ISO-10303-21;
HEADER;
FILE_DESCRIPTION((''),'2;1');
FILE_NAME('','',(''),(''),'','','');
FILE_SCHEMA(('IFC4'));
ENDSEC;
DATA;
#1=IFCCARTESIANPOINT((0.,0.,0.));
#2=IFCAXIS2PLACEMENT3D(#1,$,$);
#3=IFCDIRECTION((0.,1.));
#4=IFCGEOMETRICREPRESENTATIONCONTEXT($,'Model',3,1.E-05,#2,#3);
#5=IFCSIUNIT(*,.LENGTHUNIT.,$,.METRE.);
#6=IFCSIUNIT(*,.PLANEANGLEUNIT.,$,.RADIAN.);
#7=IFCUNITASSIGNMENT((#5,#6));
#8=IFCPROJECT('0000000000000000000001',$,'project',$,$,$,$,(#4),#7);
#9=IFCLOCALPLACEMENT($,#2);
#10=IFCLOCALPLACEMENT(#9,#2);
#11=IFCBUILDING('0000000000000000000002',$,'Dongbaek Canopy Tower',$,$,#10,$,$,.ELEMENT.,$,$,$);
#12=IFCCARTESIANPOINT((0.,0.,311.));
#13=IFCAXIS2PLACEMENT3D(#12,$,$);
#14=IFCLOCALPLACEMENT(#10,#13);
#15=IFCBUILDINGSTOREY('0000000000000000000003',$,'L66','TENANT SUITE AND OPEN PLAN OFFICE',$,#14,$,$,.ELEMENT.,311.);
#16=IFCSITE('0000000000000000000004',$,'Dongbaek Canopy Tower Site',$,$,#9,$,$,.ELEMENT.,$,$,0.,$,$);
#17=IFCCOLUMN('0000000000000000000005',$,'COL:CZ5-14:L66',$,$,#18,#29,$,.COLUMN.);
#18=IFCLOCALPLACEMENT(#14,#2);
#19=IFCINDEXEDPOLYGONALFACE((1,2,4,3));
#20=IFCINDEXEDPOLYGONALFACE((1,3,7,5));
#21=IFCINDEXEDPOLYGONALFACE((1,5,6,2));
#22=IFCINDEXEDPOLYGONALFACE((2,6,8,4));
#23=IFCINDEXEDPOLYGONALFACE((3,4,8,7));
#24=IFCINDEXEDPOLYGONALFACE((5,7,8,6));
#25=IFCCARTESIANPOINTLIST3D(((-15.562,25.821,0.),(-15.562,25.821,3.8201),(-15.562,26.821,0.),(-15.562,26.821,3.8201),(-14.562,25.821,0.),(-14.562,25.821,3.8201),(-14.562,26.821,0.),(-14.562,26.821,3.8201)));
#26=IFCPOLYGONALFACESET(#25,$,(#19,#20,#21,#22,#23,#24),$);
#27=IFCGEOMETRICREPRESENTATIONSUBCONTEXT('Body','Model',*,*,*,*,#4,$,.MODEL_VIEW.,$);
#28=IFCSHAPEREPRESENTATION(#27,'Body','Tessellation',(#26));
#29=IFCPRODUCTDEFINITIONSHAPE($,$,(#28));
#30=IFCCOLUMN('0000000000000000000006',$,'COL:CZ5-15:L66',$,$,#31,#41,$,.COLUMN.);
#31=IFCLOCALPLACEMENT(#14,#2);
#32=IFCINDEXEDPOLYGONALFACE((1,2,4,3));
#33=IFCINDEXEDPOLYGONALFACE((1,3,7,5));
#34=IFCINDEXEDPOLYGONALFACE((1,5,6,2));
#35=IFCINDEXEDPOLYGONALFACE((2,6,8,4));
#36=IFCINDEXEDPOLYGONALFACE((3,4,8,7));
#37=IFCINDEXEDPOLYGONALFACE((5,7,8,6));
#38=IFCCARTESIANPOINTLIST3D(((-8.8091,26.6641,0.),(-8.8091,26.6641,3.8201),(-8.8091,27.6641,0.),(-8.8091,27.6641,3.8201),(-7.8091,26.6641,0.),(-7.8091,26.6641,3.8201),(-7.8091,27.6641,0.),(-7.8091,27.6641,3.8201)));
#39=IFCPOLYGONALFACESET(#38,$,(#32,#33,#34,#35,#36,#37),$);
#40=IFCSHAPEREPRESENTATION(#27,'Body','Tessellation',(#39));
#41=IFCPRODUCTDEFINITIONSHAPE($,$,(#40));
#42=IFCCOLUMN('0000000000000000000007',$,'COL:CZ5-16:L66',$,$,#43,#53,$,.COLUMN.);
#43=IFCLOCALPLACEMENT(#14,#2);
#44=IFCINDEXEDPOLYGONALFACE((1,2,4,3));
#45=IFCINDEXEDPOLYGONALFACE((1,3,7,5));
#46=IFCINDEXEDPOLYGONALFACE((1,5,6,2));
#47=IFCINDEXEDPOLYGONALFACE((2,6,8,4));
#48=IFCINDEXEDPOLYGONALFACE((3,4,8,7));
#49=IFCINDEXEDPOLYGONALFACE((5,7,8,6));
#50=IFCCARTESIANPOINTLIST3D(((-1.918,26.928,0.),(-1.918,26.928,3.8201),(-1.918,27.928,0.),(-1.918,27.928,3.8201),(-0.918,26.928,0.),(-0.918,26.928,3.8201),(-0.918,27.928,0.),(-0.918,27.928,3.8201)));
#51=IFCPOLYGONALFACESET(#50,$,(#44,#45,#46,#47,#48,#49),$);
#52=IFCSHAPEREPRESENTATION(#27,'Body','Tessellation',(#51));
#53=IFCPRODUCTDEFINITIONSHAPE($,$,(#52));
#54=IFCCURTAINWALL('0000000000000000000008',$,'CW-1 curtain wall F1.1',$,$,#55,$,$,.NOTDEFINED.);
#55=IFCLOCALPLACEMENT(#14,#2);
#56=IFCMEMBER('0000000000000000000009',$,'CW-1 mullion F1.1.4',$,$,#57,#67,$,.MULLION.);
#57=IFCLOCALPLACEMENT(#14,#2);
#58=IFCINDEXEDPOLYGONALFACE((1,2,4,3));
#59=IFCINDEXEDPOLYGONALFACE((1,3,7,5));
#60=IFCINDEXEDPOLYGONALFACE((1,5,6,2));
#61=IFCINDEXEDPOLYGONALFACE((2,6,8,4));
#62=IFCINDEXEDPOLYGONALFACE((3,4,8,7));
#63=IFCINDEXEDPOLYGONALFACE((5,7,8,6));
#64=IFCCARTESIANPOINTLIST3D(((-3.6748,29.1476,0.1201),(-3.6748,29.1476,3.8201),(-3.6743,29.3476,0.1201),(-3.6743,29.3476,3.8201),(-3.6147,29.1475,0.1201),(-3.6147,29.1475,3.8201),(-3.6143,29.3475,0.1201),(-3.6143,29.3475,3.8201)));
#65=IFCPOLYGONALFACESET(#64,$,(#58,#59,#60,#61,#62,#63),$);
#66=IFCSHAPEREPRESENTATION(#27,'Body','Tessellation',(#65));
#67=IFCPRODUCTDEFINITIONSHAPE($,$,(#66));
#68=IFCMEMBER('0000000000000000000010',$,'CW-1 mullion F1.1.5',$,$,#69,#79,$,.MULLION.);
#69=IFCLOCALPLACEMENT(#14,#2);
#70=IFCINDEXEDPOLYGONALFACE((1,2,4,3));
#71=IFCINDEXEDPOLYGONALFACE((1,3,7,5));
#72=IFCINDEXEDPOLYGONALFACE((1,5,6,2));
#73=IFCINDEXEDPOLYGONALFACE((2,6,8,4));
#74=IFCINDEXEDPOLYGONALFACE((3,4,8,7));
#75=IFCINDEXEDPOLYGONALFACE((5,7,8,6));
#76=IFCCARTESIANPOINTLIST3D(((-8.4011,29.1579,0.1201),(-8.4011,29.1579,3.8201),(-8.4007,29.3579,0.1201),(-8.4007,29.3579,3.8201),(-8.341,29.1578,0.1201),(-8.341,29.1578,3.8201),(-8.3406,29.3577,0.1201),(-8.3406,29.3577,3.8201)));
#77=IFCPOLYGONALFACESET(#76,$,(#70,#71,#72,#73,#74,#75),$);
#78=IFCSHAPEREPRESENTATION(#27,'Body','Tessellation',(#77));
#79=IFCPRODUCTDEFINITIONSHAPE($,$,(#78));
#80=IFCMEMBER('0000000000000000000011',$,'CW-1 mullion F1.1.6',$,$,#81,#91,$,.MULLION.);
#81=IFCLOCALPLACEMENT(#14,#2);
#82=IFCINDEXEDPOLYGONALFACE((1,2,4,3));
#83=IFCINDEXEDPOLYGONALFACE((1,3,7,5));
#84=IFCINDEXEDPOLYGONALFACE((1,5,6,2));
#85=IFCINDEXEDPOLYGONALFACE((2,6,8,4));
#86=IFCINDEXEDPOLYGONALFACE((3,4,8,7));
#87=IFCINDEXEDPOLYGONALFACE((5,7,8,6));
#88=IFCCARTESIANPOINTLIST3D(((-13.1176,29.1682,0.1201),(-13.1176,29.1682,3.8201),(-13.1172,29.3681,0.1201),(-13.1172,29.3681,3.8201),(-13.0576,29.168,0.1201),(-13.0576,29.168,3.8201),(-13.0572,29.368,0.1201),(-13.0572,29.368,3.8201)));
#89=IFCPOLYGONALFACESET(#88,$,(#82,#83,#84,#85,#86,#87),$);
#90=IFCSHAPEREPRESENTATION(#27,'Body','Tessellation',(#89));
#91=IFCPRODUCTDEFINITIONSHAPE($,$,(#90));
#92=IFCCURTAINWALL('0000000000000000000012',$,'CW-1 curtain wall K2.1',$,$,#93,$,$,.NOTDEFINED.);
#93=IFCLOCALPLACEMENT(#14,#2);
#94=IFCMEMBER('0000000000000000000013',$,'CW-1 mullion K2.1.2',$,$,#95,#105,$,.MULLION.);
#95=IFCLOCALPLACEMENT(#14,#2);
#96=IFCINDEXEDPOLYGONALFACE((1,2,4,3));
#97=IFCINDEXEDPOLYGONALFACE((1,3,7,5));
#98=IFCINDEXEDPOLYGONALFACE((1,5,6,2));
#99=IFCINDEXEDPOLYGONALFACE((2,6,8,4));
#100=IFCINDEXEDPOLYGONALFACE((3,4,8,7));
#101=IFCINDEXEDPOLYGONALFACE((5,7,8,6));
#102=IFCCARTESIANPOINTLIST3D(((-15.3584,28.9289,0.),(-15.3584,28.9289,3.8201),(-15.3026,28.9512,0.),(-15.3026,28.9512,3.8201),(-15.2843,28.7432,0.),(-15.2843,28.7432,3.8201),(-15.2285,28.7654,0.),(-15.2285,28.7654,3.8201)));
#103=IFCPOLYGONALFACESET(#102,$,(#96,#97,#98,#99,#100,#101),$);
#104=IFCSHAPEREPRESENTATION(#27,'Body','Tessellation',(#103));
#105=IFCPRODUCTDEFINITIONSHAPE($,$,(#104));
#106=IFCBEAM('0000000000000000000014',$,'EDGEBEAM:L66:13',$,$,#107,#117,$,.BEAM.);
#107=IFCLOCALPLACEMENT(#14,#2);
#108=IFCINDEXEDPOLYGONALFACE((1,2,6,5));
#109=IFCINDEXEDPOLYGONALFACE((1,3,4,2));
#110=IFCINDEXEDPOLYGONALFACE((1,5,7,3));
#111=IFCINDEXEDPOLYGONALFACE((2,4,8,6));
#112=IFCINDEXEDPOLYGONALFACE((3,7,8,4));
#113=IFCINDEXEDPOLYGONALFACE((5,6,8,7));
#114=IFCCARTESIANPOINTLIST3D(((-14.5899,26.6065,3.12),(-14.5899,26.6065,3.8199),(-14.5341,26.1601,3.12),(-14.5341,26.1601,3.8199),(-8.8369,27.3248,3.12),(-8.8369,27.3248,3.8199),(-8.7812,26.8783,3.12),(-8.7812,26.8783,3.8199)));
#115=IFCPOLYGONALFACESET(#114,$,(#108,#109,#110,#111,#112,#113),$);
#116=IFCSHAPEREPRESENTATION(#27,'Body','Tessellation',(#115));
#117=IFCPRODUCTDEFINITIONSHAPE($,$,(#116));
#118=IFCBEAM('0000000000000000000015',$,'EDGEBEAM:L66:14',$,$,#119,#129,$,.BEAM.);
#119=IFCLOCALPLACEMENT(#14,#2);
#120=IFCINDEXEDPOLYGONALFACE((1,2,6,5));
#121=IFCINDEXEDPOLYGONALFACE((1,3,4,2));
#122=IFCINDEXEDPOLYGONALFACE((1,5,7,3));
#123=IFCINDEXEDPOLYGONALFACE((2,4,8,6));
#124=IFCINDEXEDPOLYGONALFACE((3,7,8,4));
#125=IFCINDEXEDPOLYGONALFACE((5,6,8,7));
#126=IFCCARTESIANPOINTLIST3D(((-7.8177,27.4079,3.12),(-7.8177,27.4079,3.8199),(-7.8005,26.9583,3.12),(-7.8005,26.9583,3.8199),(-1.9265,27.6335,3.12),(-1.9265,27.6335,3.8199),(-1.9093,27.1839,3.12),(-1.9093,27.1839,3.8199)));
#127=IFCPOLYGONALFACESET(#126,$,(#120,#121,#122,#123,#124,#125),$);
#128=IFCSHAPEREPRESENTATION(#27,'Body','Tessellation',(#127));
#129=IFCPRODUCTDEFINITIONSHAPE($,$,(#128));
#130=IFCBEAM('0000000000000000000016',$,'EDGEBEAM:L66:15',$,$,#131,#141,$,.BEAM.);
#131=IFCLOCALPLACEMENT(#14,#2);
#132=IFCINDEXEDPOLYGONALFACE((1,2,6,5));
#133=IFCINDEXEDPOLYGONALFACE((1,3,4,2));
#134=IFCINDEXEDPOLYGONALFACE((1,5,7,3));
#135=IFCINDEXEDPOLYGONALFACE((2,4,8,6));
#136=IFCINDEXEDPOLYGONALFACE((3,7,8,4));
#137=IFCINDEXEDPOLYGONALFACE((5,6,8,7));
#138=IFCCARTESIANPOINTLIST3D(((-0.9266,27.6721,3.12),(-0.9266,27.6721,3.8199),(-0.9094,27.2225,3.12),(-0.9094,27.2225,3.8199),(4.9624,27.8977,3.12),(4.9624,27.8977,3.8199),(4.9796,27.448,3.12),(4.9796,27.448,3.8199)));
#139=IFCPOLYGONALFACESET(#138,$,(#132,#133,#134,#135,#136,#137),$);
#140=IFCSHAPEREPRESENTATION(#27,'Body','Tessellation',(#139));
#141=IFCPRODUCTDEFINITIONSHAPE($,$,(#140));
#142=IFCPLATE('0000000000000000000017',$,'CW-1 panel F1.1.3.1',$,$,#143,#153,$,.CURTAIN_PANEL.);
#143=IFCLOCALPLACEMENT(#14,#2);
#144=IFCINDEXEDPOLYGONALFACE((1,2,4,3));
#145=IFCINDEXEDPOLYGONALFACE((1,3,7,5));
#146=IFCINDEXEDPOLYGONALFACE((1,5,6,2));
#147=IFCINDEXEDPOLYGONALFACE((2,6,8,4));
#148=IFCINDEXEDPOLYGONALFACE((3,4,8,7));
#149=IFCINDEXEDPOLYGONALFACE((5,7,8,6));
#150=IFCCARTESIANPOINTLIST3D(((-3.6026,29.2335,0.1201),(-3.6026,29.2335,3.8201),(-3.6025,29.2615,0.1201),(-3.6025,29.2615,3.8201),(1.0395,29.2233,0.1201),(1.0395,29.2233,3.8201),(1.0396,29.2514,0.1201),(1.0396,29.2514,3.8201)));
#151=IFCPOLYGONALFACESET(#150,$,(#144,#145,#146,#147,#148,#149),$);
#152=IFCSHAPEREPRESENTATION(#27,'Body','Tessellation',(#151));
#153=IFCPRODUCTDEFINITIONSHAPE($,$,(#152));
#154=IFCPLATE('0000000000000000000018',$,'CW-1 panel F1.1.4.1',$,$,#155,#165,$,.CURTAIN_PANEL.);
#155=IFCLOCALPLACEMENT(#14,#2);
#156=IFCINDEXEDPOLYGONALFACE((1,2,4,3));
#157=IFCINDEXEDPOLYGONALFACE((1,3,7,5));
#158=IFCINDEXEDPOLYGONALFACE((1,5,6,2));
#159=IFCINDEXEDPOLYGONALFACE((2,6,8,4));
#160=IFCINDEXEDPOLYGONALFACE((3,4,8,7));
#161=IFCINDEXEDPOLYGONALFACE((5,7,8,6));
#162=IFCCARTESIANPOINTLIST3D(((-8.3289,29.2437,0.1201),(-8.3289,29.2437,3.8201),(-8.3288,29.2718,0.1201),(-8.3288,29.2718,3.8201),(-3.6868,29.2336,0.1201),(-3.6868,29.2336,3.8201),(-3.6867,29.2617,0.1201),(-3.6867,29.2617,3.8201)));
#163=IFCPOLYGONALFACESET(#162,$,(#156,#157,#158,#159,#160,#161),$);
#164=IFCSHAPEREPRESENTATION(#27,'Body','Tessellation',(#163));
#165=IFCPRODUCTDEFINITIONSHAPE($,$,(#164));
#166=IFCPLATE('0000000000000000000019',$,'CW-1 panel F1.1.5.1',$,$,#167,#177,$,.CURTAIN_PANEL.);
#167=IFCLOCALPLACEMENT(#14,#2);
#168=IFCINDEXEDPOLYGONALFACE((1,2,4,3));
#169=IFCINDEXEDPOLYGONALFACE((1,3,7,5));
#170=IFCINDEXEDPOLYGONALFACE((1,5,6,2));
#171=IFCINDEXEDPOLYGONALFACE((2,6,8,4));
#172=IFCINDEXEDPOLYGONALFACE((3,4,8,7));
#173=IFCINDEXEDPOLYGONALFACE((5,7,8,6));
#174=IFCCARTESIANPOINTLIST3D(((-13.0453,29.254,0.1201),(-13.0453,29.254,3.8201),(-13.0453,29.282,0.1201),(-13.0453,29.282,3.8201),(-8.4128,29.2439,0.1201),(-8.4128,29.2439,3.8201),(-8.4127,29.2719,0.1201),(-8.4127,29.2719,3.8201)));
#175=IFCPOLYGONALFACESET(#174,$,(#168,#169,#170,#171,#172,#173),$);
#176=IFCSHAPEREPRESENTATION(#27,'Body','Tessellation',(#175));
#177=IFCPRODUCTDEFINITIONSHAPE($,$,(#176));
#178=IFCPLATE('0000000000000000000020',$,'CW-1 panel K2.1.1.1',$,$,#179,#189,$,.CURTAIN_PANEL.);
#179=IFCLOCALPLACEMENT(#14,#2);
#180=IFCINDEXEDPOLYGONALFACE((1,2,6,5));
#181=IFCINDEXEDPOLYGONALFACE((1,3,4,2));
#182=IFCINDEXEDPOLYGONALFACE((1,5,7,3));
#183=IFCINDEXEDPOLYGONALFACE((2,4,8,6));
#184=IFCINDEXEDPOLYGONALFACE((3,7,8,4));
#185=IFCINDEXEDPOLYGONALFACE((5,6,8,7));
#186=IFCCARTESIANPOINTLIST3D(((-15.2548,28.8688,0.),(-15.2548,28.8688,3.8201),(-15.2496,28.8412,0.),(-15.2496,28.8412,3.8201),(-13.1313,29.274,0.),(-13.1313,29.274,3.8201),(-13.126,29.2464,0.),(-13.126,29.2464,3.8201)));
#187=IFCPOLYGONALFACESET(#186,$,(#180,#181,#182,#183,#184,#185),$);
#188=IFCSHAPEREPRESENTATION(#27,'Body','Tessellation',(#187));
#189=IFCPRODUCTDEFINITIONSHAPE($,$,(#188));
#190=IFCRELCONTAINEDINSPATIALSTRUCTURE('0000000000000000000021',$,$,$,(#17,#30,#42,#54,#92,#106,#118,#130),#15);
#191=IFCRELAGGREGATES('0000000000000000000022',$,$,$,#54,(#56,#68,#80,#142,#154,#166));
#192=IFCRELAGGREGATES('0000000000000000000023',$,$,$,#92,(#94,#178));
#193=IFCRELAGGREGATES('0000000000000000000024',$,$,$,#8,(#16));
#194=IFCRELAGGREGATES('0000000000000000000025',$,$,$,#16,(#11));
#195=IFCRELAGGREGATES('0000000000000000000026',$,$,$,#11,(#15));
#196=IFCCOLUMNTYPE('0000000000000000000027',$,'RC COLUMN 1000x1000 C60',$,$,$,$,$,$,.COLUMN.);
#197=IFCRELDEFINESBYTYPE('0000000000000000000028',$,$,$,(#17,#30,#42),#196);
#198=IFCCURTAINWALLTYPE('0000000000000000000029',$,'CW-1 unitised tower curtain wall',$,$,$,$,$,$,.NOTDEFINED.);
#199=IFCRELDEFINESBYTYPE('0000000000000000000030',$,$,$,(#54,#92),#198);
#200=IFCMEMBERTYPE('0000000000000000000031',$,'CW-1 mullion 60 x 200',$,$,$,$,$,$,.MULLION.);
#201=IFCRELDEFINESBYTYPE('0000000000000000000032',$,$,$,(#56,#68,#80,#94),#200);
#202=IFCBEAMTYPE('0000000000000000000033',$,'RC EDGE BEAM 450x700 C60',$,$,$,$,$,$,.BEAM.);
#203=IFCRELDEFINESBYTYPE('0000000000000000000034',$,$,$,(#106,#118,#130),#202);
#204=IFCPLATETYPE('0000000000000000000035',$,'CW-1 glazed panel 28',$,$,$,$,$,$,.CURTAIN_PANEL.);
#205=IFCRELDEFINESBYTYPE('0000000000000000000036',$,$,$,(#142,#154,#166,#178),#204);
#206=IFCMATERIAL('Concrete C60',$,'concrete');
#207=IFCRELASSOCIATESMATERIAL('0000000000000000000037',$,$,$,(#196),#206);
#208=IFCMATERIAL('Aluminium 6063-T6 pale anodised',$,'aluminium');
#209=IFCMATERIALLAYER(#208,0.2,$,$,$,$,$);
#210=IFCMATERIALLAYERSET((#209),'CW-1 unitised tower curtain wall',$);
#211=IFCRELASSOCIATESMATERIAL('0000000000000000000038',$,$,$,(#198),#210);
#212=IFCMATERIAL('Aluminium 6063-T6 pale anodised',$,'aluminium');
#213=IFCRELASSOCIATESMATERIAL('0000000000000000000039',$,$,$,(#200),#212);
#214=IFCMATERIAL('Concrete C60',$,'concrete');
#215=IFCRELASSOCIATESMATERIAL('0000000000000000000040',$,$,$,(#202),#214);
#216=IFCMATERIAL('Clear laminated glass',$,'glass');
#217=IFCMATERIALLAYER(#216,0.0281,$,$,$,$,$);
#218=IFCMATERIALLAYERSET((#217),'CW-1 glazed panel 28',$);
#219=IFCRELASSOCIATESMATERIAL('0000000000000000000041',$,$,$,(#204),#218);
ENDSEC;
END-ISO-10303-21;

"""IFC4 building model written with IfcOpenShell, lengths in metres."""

from ifc_helpers import new_model, si_unit, direction, frame, origin, origin_2d, place, context, subcontext, project, spatial, rectangle, extrude, material, layer, layer_set, material_profile, profile_set, type_object, element, aggregate, save


model = new_model("IFC4")

# Units and contexts
model_context = context("Model", 3, precision=1e-05, world=origin(), true_north=direction((0.0, 1.0)))
body_context = subcontext(model_context, "Body", "Model", "MODEL_VIEW")
ifc_project = project(units=[si_unit("LENGTHUNIT", "METRE"), si_unit("PLANEANGLEUNIT", "RADIAN")], contexts=[model_context])

# Site, building, storey
site_placement = place(None, origin())
site = spatial("IfcSite", under=ifc_project, at=site_placement, Name="Dongbaek Canopy Tower Site", CompositionType="ELEMENT", RefElevation=0.0)
building_placement = place(site_placement, origin())
building = spatial("IfcBuilding", under=site, at=building_placement, Name="Dongbaek Canopy Tower", CompositionType="ELEMENT")
storey_placement = place(building_placement, frame((0.0, 0.0, 311.0)))
storey = spatial("IfcBuildingStorey", under=building, at=storey_placement, Name="L66", Description="TENANT SUITE AND OPEN PLAN OFFICE", CompositionType="ELEMENT", Elevation=311.0)

# Columns
ifc_material_1 = material(Name="Concrete C60", Category="concrete")
ifc_material_profile_1 = material_profile(ifc_material_1, rectangle(XDim=1.0, YDim=1.0, at=origin_2d()), Name="RC COLUMN 1000x1000 C60")
ifc_profile_set_1 = profile_set([ifc_material_profile_1], Name="Concrete C60")
column_type = type_object("IfcColumnType", Name="RC COLUMN 1000x1000 C60", PredefinedType="COLUMN", material=ifc_profile_set_1)
for number, where, z_axis, x_axis, name in (
    (1, (-15.062, 26.321, 0.0), (0.0, 0.0, 1.0), (1.0, 0.0, 0.0), "COL:CZ5-14:L66"),
    (2, (-8.3091, 27.1641, 0.0), (0.0, 0.0, 1.0), (1.0, 0.0, 0.0), "COL:CZ5-15:L66"),
    (3, (-1.418, 27.428, 0.0), (0.0, 0.0, 1.0), (1.0, 0.0, 0.0), "COL:CZ5-16:L66"),
):
    element("IfcColumn", number, at=place(storey_placement, frame(where, z_axis=z_axis, x_axis=x_axis)), inside=storey, type_object=column_type, Name=name, PredefinedType="COLUMN", context=body_context, shape_type="SweptSolid", body=[
        extrude(rectangle(XDim=1.0, YDim=1.0, at=origin_2d()), origin(), (0.0, 0.0, 1.0), 3.8201),
    ])

# Curtain wall, members
ifc_material_2 = material(Name="Aluminium 6063-T6 pale anodised", Category="aluminium")
ifc_layer_1 = layer(ifc_material_2, 0.2)
ifc_layer_set_1 = layer_set([ifc_layer_1], Name="CW-1 unitised tower curtain wall")
curtain_wall_type = type_object("IfcCurtainWallType", Name="CW-1 unitised tower curtain wall", PredefinedType="NOTDEFINED", material=ifc_layer_set_1)
curtain_wall_1_placement = place(storey_placement, origin())
curtain_wall_1 = element("IfcCurtainWall", 4, at=curtain_wall_1_placement, inside=storey, type_object=curtain_wall_type, Name="CW-1 curtain wall F1.1", PredefinedType="NOTDEFINED")
ifc_material_3 = material(Name="Aluminium 6063-T6 pale anodised", Category="aluminium")
ifc_material_profile_2 = material_profile(ifc_material_3, rectangle(XDim=0.2, YDim=0.0601, at=origin_2d()), Name="CW-1 mullion 60 x 200")
ifc_profile_set_2 = profile_set([ifc_material_profile_2], Name="Aluminium 6063-T6 pale anodised")
member_type = type_object("IfcMemberType", Name="CW-1 mullion 60 x 200", PredefinedType="MULLION", material=ifc_profile_set_2)
member_1_placement = place(storey_placement, frame((-3.6445, 29.2476, 0.1201), z_axis=(0.0, 0.0, 1.0), x_axis=(0.00218, 0.999998, 0.0)))
member_1 = element("IfcMember", 5, at=member_1_placement, type_object=member_type, Name="CW-1 mullion F1.1.4", PredefinedType="MULLION", context=body_context, shape_type="SweptSolid", body=[
    extrude(rectangle(XDim=0.2, YDim=0.0601, at=origin_2d()), origin(), (0.0, 0.0, 1.0), 3.7),
])
member_2_placement = place(storey_placement, frame((-8.3708, 29.2578, 0.1201), z_axis=(0.0, 0.0, 1.0), x_axis=(0.00218, 0.999998, 0.0)))
member_2 = element("IfcMember", 6, at=member_2_placement, type_object=member_type, Name="CW-1 mullion F1.1.5", PredefinedType="MULLION", context=body_context, shape_type="SweptSolid", body=[
    extrude(rectangle(XDim=0.2, YDim=0.0601, at=origin_2d()), origin(), (0.0, 0.0, 1.0), 3.7),
])
member_3_placement = place(storey_placement, frame((-13.0874, 29.2681, 0.1201), z_axis=(0.0, 0.0, 1.0), x_axis=(0.00218, 0.999998, 0.0)))
member_3 = element("IfcMember", 7, at=member_3_placement, type_object=member_type, Name="CW-1 mullion F1.1.6", PredefinedType="MULLION", context=body_context, shape_type="SweptSolid", body=[
    extrude(rectangle(XDim=0.2, YDim=0.0601, at=origin_2d()), origin(), (0.0, 0.0, 1.0), 3.7),
])

# Curtain wall, member
curtain_wall_2_placement = place(storey_placement, origin())
curtain_wall_2 = element("IfcCurtainWall", 8, at=curtain_wall_2_placement, inside=storey, type_object=curtain_wall_type, Name="CW-1 curtain wall K2.1", PredefinedType="NOTDEFINED")
member_4_placement = place(storey_placement, frame((-15.2935, 28.8472, 0.0), z_axis=(0.0, 0.0, 1.0), x_axis=(-0.370211, 0.928948, 0.0)))
member_4 = element("IfcMember", 9, at=member_4_placement, type_object=member_type, Name="CW-1 mullion K2.1.2", PredefinedType="MULLION", context=body_context, shape_type="SweptSolid", body=[
    extrude(rectangle(XDim=0.2, YDim=0.0601, at=origin_2d()), origin(), (0.0, 0.0, 1.0), 3.8201),
])

# Beams
ifc_material_4 = material(Name="Concrete C60", Category="concrete")
ifc_material_profile_3 = material_profile(ifc_material_4, rectangle(XDim=0.45, YDim=0.7, at=origin_2d()), Name="RC EDGE BEAM 450x700 C60")
ifc_profile_set_3 = profile_set([ifc_material_profile_3], Name="Concrete C60")
beam_type = type_object("IfcBeamType", Name="RC EDGE BEAM 450x700 C60", PredefinedType="BEAM", material=ifc_profile_set_3)
beam_1_placement = place(storey_placement, frame((-14.562, 26.3833, 3.47), z_axis=(0.992296, 0.12389, 0.0), x_axis=(-0.12389, 0.992296, 0.0)))
element("IfcBeam", 10, at=beam_1_placement, inside=storey, type_object=beam_type, Name="EDGEBEAM:L66:13", PredefinedType="BEAM", context=body_context, shape_type="SweptSolid", body=[
    extrude(rectangle(XDim=0.45, YDim=0.7, at=origin_2d()), origin(), (0.0, 0.0, 1.0), 5.7976),
])
beam_2_placement = place(storey_placement, frame((-7.8091, 27.1831, 3.47), z_axis=(0.999268, 0.038265, 0.0), x_axis=(-0.038265, 0.999268, 0.0)))
element("IfcBeam", 11, at=beam_2_placement, inside=storey, type_object=beam_type, Name="EDGEBEAM:L66:14", PredefinedType="BEAM", context=body_context, shape_type="SweptSolid", body=[
    extrude(rectangle(XDim=0.45, YDim=0.7, at=origin_2d()), origin(), (0.0, 0.0, 1.0), 5.8955),
])
beam_3_placement = place(storey_placement, frame((-0.918, 27.4473, 3.47), z_axis=(0.999267, 0.038279, 0.0), x_axis=(-0.038279, 0.999267, 0.0)))
element("IfcBeam", 12, at=beam_3_placement, inside=storey, type_object=beam_type, Name="EDGEBEAM:L66:15", PredefinedType="BEAM", context=body_context, shape_type="SweptSolid", body=[
    extrude(rectangle(XDim=0.45, YDim=0.7, at=origin_2d()), origin(), (0.0, 0.0, 1.0), 5.8933),
])

# Plates
ifc_material_5 = material(Name="Clear laminated glass", Category="glass")
ifc_layer_2 = layer(ifc_material_5, 0.0281)
ifc_layer_set_2 = layer_set([ifc_layer_2], Name="CW-1 glazed panel 28")
plate_type = type_object("IfcPlateType", Name="CW-1 glazed panel 28", PredefinedType="CURTAIN_PANEL", material=ifc_layer_set_2)
plate_1_placement = place(storey_placement, frame((-1.2815, 29.2424, 0.1201), z_axis=(0.0, 0.0, 1.0), x_axis=(-0.999998, 0.00218, 0.0)))
plate_1 = element("IfcPlate", 13, at=plate_1_placement, type_object=plate_type, Name="CW-1 panel F1.1.3.1", PredefinedType="CURTAIN_PANEL", context=body_context, shape_type="SweptSolid", body=[
    extrude(rectangle(XDim=4.6421, YDim=0.0281, at=origin_2d()), origin(), (0.0, 0.0, 1.0), 3.7),
])
plate_2_placement = place(storey_placement, frame((-6.0078, 29.2527, 0.1201), z_axis=(0.0, 0.0, 1.0), x_axis=(-0.999998, 0.00218, 0.0)))
plate_2 = element("IfcPlate", 14, at=plate_2_placement, type_object=plate_type, Name="CW-1 panel F1.1.4.1", PredefinedType="CURTAIN_PANEL", context=body_context, shape_type="SweptSolid", body=[
    extrude(rectangle(XDim=4.6421, YDim=0.0281, at=origin_2d()), origin(), (0.0, 0.0, 1.0), 3.7),
])
plate_3_placement = place(storey_placement, frame((-10.729, 29.2629, 0.1201), z_axis=(0.0, 0.0, 1.0), x_axis=(-0.999998, 0.00218, 0.0)))
plate_3 = element("IfcPlate", 15, at=plate_3_placement, type_object=plate_type, Name="CW-1 panel F1.1.5.1", PredefinedType="CURTAIN_PANEL", context=body_context, shape_type="SweptSolid", body=[
    extrude(rectangle(XDim=4.6326, YDim=0.0281, at=origin_2d()), origin(), (0.0, 0.0, 1.0), 3.7),
])
plate_4_placement = place(storey_placement, frame((-14.1904, 29.0576, 0.0), z_axis=(0.0, 0.0, 1.0), x_axis=(-0.982281, -0.187413, 0.0)))
plate_4 = element("IfcPlate", 16, at=plate_4_placement, type_object=plate_type, Name="CW-1 panel K2.1.1.1", PredefinedType="CURTAIN_PANEL", context=body_context, shape_type="SweptSolid", body=[
    extrude(rectangle(XDim=2.1619, YDim=0.0281, at=origin_2d()), origin(), (0.0, 0.0, 1.0), 3.8201),
])

aggregate(curtain_wall_1, [member_1, member_2, member_3, plate_1, plate_2, plate_3])
aggregate(curtain_wall_2, [member_4, plate_4])

save(model, "model.ifc")
